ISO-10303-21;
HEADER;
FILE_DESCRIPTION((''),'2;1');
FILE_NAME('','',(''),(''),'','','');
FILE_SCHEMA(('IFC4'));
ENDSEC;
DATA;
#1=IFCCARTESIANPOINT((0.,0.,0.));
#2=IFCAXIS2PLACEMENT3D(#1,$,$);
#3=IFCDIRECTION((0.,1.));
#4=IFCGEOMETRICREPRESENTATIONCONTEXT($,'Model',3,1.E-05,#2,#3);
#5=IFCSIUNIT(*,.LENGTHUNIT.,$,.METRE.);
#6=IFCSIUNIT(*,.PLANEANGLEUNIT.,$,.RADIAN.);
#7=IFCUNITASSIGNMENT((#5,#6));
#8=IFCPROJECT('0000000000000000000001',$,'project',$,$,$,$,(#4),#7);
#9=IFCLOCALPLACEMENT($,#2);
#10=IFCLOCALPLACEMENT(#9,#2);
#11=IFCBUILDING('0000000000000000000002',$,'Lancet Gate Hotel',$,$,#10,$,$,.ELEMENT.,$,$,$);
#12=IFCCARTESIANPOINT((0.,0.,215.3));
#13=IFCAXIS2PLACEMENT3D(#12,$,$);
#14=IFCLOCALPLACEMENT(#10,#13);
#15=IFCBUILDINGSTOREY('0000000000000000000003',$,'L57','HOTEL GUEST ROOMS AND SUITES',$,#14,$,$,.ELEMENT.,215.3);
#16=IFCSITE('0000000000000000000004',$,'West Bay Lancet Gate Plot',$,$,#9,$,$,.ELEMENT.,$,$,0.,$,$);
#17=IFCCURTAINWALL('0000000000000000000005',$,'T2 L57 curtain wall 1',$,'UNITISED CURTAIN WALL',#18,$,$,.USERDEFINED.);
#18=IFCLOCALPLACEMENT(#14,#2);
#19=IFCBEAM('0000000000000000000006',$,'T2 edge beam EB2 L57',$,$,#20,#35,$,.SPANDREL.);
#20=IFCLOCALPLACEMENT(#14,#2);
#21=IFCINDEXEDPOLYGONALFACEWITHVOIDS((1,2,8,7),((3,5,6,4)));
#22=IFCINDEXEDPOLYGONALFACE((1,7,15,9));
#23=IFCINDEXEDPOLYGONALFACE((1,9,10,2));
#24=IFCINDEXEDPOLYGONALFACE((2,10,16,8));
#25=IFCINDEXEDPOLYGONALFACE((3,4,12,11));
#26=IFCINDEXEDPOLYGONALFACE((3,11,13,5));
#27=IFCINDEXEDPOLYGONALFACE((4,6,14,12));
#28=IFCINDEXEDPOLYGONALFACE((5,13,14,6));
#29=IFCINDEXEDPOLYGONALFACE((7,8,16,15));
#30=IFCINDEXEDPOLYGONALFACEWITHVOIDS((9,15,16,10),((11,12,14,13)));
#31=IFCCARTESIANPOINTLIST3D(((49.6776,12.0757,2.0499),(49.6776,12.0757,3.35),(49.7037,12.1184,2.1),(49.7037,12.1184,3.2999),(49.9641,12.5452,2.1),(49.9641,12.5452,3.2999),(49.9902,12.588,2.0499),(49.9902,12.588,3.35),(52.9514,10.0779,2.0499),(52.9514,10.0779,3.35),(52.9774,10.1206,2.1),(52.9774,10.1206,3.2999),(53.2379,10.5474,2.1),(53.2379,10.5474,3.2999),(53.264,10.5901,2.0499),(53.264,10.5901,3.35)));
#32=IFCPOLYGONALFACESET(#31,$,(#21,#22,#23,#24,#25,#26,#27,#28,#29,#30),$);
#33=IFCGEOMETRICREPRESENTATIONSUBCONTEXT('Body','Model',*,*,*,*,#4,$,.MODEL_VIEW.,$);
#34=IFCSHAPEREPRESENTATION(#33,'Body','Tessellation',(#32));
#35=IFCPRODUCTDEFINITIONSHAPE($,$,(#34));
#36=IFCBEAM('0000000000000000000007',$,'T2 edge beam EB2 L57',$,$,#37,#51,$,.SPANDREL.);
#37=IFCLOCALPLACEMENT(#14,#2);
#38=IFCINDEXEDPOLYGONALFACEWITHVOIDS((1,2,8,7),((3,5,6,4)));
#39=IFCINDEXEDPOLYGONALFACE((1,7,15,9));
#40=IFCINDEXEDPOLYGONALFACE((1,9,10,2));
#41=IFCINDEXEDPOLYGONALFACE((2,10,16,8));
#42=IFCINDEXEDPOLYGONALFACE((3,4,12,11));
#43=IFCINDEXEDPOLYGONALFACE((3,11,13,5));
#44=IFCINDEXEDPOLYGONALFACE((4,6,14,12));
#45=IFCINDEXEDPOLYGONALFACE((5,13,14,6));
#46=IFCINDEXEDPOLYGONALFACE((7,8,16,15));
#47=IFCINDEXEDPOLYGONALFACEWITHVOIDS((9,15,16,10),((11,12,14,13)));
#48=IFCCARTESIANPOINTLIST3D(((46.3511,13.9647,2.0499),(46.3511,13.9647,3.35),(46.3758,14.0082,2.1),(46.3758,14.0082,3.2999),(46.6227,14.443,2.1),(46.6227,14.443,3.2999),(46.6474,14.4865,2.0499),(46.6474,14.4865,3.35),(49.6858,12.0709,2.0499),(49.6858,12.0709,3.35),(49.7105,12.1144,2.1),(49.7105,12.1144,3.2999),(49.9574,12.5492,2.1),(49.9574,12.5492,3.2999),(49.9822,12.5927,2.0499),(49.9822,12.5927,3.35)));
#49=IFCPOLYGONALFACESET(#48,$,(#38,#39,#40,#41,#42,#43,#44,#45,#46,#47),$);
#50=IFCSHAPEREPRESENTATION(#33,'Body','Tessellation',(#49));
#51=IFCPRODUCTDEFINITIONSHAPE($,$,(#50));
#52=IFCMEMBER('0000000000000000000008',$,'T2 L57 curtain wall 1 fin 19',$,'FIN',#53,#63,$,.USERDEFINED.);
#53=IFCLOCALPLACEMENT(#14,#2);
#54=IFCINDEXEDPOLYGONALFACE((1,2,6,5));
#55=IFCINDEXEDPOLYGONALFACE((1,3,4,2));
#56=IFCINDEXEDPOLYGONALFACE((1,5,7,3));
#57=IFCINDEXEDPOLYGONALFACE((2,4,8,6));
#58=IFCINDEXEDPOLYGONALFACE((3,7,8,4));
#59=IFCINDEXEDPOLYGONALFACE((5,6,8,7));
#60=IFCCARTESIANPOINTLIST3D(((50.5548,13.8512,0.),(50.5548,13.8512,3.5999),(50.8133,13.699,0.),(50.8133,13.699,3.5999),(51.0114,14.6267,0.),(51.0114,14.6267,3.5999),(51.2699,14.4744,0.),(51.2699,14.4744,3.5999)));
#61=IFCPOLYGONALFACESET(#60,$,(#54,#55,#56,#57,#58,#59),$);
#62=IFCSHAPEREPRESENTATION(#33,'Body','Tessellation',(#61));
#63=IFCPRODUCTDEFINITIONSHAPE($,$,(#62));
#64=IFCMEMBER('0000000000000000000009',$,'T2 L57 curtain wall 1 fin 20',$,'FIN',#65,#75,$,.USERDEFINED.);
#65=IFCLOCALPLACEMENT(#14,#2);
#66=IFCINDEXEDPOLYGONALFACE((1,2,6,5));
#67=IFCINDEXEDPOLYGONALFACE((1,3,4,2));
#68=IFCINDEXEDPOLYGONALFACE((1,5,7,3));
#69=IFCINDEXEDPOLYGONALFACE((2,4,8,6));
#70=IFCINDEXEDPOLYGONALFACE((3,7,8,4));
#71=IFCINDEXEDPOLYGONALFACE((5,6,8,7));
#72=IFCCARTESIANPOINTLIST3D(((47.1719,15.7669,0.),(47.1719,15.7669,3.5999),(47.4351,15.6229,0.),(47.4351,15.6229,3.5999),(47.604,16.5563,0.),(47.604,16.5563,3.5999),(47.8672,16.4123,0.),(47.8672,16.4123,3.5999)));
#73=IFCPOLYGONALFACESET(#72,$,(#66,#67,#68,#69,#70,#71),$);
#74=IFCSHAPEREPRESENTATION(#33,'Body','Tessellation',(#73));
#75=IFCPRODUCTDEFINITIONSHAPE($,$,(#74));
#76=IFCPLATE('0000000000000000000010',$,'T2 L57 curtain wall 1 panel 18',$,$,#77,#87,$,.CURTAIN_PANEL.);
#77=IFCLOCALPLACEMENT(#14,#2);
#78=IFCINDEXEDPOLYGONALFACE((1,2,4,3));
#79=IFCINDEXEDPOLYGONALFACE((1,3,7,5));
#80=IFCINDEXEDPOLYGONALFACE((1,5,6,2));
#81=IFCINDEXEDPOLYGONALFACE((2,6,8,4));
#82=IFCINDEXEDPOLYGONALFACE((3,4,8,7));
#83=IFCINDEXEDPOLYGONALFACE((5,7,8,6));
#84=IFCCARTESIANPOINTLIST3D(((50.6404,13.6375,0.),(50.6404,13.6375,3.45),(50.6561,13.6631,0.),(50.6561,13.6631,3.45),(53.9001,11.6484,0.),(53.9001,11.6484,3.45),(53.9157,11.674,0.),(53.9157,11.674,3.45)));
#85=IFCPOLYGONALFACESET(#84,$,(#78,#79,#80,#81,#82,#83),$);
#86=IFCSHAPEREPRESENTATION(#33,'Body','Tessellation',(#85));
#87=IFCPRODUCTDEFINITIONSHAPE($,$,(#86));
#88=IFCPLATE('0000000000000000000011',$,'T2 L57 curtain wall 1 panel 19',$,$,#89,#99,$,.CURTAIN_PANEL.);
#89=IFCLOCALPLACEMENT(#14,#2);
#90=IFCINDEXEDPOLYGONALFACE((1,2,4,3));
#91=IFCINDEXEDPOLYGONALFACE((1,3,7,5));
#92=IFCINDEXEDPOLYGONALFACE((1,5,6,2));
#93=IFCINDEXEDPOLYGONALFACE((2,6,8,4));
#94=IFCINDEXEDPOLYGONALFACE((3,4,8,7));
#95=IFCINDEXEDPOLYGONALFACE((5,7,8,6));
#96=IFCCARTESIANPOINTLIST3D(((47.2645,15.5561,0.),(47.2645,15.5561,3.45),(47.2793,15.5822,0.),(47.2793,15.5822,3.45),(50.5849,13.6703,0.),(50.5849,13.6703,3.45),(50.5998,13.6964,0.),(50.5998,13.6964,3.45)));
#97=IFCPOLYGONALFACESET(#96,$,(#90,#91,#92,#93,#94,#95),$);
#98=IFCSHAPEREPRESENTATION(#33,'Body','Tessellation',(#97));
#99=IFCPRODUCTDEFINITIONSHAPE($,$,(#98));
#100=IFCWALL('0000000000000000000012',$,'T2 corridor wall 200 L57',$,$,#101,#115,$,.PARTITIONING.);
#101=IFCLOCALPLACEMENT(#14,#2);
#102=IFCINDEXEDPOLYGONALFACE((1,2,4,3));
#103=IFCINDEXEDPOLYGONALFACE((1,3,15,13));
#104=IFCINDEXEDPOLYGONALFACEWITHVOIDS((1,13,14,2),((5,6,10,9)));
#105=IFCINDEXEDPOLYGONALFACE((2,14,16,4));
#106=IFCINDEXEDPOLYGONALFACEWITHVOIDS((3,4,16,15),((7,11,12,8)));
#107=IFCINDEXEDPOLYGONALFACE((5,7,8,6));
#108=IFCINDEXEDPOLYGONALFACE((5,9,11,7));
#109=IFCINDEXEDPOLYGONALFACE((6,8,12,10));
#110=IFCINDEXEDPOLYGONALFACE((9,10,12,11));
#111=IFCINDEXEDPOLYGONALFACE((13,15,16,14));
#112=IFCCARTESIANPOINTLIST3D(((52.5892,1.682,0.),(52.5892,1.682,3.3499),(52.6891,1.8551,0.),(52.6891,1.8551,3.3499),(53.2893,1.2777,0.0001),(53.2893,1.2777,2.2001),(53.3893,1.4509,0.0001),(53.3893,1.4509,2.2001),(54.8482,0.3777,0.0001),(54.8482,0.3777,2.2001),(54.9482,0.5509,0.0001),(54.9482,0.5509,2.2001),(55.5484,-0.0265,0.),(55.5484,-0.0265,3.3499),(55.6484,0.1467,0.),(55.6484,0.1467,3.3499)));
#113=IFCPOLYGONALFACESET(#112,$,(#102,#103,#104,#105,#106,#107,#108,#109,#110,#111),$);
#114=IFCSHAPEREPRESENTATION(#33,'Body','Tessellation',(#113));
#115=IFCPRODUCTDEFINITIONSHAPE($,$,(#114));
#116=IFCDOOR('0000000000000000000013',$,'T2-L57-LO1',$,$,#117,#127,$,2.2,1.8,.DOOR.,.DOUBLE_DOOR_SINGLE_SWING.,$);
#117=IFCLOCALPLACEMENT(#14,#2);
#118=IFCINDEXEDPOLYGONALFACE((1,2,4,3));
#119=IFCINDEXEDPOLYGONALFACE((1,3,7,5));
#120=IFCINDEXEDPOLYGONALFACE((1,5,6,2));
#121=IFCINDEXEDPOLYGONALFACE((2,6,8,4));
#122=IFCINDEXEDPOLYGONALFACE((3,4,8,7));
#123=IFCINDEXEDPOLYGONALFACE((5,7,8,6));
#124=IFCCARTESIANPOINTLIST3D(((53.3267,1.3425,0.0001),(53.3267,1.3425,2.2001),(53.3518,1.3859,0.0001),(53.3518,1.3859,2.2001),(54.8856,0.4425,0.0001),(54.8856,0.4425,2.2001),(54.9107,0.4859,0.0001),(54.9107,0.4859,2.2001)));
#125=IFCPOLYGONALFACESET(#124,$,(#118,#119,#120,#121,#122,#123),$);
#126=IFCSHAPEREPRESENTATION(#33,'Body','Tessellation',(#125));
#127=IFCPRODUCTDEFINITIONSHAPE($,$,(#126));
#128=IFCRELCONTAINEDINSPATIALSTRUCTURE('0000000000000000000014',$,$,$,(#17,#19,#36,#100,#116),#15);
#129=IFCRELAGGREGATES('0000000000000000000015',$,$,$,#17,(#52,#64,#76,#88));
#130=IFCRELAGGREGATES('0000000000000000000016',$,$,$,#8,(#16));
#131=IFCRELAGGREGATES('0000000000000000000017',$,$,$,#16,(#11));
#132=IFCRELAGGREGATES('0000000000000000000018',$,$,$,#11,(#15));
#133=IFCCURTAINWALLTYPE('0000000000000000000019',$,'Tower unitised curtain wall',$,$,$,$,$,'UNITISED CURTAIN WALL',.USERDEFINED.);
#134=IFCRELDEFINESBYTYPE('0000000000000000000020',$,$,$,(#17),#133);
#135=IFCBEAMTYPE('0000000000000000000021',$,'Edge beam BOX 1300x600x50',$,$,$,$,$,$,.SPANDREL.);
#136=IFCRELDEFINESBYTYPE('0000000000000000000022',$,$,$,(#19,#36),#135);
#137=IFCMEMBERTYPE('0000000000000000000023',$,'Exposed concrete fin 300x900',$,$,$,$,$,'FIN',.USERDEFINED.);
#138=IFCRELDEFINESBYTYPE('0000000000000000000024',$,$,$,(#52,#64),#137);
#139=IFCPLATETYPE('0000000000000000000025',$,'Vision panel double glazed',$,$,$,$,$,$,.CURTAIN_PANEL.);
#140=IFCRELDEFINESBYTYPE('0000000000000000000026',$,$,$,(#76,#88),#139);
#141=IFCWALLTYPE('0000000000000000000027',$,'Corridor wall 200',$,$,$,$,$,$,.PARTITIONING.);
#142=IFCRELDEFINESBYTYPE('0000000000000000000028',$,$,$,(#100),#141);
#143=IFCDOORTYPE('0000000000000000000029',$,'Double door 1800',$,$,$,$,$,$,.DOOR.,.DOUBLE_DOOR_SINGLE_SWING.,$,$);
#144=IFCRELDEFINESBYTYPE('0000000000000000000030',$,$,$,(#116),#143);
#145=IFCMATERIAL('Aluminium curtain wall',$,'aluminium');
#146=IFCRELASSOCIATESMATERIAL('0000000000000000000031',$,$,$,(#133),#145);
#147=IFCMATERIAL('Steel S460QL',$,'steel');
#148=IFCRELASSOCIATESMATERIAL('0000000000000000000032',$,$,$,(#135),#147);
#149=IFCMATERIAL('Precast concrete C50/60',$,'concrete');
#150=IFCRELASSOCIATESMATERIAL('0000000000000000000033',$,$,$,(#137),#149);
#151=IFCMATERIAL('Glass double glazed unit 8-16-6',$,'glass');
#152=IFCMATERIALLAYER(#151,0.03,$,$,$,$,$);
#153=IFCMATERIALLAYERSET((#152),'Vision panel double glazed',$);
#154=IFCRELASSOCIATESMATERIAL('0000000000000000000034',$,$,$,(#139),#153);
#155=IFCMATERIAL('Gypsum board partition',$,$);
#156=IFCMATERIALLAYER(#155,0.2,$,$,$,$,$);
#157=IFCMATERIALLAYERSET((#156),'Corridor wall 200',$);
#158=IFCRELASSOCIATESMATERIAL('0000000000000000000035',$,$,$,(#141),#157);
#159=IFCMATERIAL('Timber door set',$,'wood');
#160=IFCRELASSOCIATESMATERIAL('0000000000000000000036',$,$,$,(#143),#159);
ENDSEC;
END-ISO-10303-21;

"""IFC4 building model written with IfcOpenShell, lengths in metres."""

from ifc_helpers import new_model, si_unit, direction, frame, frame_2d, origin, origin_2d, place, context, subcontext, project, spatial, rectangle, hollow_rectangle, extrude, material, layer, layer_set, material_profile, profile_set, type_object, element, fill, aggregate, save


model = new_model("IFC4")

# Units and contexts
model_context = context("Model", 3, precision=1e-05, world=origin(), true_north=direction((0.0, 1.0)))
body_context = subcontext(model_context, "Body", "Model", "MODEL_VIEW")
ifc_project = project(units=[si_unit("LENGTHUNIT", "METRE"), si_unit("PLANEANGLEUNIT", "RADIAN")], contexts=[model_context])

# Site, building, storey
site_placement = place(None, origin())
site = spatial("IfcSite", under=ifc_project, at=site_placement, Name="West Bay Lancet Gate Plot", CompositionType="ELEMENT", RefElevation=0.0)
building_placement = place(site_placement, origin())
building = spatial("IfcBuilding", under=site, at=building_placement, Name="Lancet Gate Hotel", CompositionType="ELEMENT")
storey_placement = place(building_placement, frame((0.0, 0.0, 215.3)))
storey = spatial("IfcBuildingStorey", under=building, at=storey_placement, Name="L57", Description="HOTEL GUEST ROOMS AND SUITES", CompositionType="ELEMENT", Elevation=215.3)

# Curtain wall
ifc_material_1 = material(Name="Aluminium curtain wall", Category="aluminium")
curtain_wall_type = type_object("IfcCurtainWallType", Name="Tower unitised curtain wall", ElementType="UNITISED CURTAIN WALL", PredefinedType="USERDEFINED", material=ifc_material_1)
curtain_wall_placement = place(storey_placement, origin())
curtain_wall = element("IfcCurtainWall", 1, at=curtain_wall_placement, inside=storey, type_object=curtain_wall_type, Name="T2 L57 curtain wall 1", ObjectType="UNITISED CURTAIN WALL", PredefinedType="USERDEFINED")

# Beams
ifc_material_2 = material(Name="Steel S460QL", Category="steel")
ifc_material_profile_1 = material_profile(ifc_material_2, hollow_rectangle(XDim=0.6001, YDim=1.3, WallThickness=0.05, at=origin_2d()), Name="BOX 1300x600x50")
ifc_profile_set_1 = profile_set([ifc_material_profile_1], Name="Steel S460QL")
beam_type = type_object("IfcBeamType", Name="Edge beam BOX 1300x600x50", PredefinedType="SPANDREL", material=ifc_profile_set_1)
beam_1_placement = place(storey_placement, frame((53.1077, 10.334, 2.7), z_axis=(-0.853604, 0.520922, 0.0), x_axis=(-0.520922, -0.853604, 0.0)))
element("IfcBeam", 2, at=beam_1_placement, inside=storey, type_object=beam_type, Name="T2 edge beam EB2 L57", PredefinedType="SPANDREL", context=body_context, shape_type="SweptSolid", body=[
    extrude(hollow_rectangle(XDim=0.6001, YDim=1.3, WallThickness=0.05, at=origin_2d()), origin(), (0.0, 0.0, 1.0), 3.8352),
])
beam_2_placement = place(storey_placement, frame((49.834, 12.3318, 2.7), z_axis=(-0.86956, 0.493827, 0.0), x_axis=(-0.493827, -0.86956, 0.0)))
element("IfcBeam", 3, at=beam_2_placement, inside=storey, type_object=beam_type, Name="T2 edge beam EB2 L57", PredefinedType="SPANDREL", context=body_context, shape_type="SweptSolid", body=[
    extrude(hollow_rectangle(XDim=0.6001, YDim=1.3, WallThickness=0.05, at=origin_2d()), origin(), (0.0, 0.0, 1.0), 3.835),
])

# Members
ifc_material_3 = material(Name="Precast concrete C50/60", Category="concrete")
ifc_material_profile_2 = material_profile(ifc_material_3, rectangle(XDim=0.3, YDim=0.8999, at=origin_2d()), Name="FIN 300x900")
ifc_profile_set_2 = profile_set([ifc_material_profile_2], Name="Precast concrete C50/60")
member_type_1 = type_object("IfcMemberType", Name="Exposed concrete fin 300x900", ElementType="FIN", PredefinedType="USERDEFINED", material=ifc_profile_set_2)
member_1_placement = place(storey_placement, frame((50.9124, 14.1628, 0.0), z_axis=(0.0, 0.0, 1.0), x_axis=(-0.861692, 0.507432, 0.0)))
member_1 = element("IfcMember", 4, at=member_1_placement, type_object=member_type_1, Name="T2 L57 curtain wall 1 fin 19", ObjectType="FIN", PredefinedType="USERDEFINED", context=body_context, shape_type="SweptSolid", body=[
    extrude(rectangle(XDim=0.3, YDim=0.8999, at=origin_2d()), origin(), (0.0, 0.0, 1.0), 3.5999),
])
member_2_placement = place(storey_placement, frame((47.5195, 16.0896, 0.0), z_axis=(0.0, 0.0, 1.0), x_axis=(-0.877195, 0.480135, 0.0)))
member_2 = element("IfcMember", 5, at=member_2_placement, type_object=member_type_1, Name="T2 L57 curtain wall 1 fin 20", ObjectType="FIN", PredefinedType="USERDEFINED", context=body_context, shape_type="SweptSolid", body=[
    extrude(rectangle(XDim=0.3, YDim=0.8999, at=origin_2d()), origin(), (0.0, 0.0, 1.0), 3.5999),
])

# Plates
ifc_material_4 = material(Name="Glass double glazed unit 8-16-6", Category="glass")
ifc_layer_1 = layer(ifc_material_4, 0.03)
ifc_layer_set_1 = layer_set([ifc_layer_1], Name="Vision panel double glazed")
plate_type = type_object("IfcPlateType", Name="Vision panel double glazed", PredefinedType="CURTAIN_PANEL", material=ifc_layer_set_1)
plate_1_placement = place(storey_placement, frame((52.2781, 12.6558, 0.0), z_axis=(0.0, 0.0, 1.0), x_axis=(-0.853621, 0.520895, 0.0)))
plate_1 = element("IfcPlate", 6, at=plate_1_placement, type_object=plate_type, Name="T2 L57 curtain wall 1 panel 18", PredefinedType="CURTAIN_PANEL", context=body_context, shape_type="SweptSolid", body=[
    extrude(rectangle(XDim=3.8186, YDim=0.03, at=origin_2d()), origin(), (0.0, 0.0, 1.0), 3.45),
])
plate_2_placement = place(storey_placement, frame((48.9321, 14.6262, 0.0), z_axis=(0.0, 0.0, 1.0), x_axis=(-0.86955, 0.493844, 0.0)))
plate_2 = element("IfcPlate", 7, at=plate_2_placement, type_object=plate_type, Name="T2 L57 curtain wall 1 panel 19", PredefinedType="CURTAIN_PANEL", context=body_context, shape_type="SweptSolid", body=[
    extrude(rectangle(XDim=3.8186, YDim=0.03, at=origin_2d()), origin(), (0.0, 0.0, 1.0), 3.45),
])
aggregate(curtain_wall, [member_1, member_2, plate_1, plate_2])

# Wall, opening, door
ifc_material_5 = material(Name="Gypsum board partition")
ifc_layer_2 = layer(ifc_material_5, 0.2)
ifc_layer_set_2 = layer_set([ifc_layer_2], Name="Corridor wall 200")
wall_type_1 = type_object("IfcWallType", Name="Corridor wall 200", PredefinedType="PARTITIONING", material=ifc_layer_set_2)
wall_1_placement = place(storey_placement, frame((52.6392, 1.7686, 0.0), z_axis=(0.0, 0.0, 1.0), x_axis=(0.866027, -0.499997, 0.0)))
wall_1 = element("IfcWall", 8, at=wall_1_placement, inside=storey, type_object=wall_type_1, Name="T2 corridor wall 200 L57", PredefinedType="PARTITIONING", context=body_context, shape_type="SweptSolid", body=[
    extrude(rectangle(XDim=3.417, YDim=0.2, at=frame_2d((1.7085, 0.0))), origin(), (0.0, 0.0, 1.0), 3.3499),
])
opening_1_placement = place(wall_1_placement, frame((0.8086, 0.0, 0.0)))
opening_1 = element("IfcOpeningElement", 9, at=opening_1_placement, cuts=wall_1, PredefinedType="OPENING", context=body_context, shape_type="SweptSolid", body=[
    extrude(rectangle(XDim=1.8, YDim=2.2, at=frame_2d((0.8999, 1.1001))), frame((0.0, 0.1099, 0.0), z_axis=(0.0, -1.0, 0.0), x_axis=(1.0, 0.0, 0.0)), (0.0, 0.0, 1.0), 0.22),
])
ifc_material_6 = material(Name="Timber door set", Category="wood")
door_type_1 = type_object("IfcDoorType", Name="Double door 1800", OperationType="DOUBLE_DOOR_SINGLE_SWING", PredefinedType="DOOR", material=ifc_material_6)
door_1_placement = place(opening_1_placement, origin())
door_1 = element("IfcDoor", 10, at=door_1_placement, inside=storey, type_object=door_type_1, Name="T2-L57-LO1", OperationType="DOUBLE_DOOR_SINGLE_SWING", OverallHeight=2.2, OverallWidth=1.8, PredefinedType="DOOR", context=body_context, shape_type="SweptSolid", body=[
    extrude(rectangle(XDim=1.8, YDim=2.2, at=frame_2d((0.8999, 1.1001))), frame((0.0, 0.0249, 0.0), z_axis=(0.0, -1.0, 0.0), x_axis=(1.0, 0.0, 0.0)), (0.0, 0.0, 1.0), 0.05),
])
fill(opening_1, door_1)

save(model, "model.ifc")
